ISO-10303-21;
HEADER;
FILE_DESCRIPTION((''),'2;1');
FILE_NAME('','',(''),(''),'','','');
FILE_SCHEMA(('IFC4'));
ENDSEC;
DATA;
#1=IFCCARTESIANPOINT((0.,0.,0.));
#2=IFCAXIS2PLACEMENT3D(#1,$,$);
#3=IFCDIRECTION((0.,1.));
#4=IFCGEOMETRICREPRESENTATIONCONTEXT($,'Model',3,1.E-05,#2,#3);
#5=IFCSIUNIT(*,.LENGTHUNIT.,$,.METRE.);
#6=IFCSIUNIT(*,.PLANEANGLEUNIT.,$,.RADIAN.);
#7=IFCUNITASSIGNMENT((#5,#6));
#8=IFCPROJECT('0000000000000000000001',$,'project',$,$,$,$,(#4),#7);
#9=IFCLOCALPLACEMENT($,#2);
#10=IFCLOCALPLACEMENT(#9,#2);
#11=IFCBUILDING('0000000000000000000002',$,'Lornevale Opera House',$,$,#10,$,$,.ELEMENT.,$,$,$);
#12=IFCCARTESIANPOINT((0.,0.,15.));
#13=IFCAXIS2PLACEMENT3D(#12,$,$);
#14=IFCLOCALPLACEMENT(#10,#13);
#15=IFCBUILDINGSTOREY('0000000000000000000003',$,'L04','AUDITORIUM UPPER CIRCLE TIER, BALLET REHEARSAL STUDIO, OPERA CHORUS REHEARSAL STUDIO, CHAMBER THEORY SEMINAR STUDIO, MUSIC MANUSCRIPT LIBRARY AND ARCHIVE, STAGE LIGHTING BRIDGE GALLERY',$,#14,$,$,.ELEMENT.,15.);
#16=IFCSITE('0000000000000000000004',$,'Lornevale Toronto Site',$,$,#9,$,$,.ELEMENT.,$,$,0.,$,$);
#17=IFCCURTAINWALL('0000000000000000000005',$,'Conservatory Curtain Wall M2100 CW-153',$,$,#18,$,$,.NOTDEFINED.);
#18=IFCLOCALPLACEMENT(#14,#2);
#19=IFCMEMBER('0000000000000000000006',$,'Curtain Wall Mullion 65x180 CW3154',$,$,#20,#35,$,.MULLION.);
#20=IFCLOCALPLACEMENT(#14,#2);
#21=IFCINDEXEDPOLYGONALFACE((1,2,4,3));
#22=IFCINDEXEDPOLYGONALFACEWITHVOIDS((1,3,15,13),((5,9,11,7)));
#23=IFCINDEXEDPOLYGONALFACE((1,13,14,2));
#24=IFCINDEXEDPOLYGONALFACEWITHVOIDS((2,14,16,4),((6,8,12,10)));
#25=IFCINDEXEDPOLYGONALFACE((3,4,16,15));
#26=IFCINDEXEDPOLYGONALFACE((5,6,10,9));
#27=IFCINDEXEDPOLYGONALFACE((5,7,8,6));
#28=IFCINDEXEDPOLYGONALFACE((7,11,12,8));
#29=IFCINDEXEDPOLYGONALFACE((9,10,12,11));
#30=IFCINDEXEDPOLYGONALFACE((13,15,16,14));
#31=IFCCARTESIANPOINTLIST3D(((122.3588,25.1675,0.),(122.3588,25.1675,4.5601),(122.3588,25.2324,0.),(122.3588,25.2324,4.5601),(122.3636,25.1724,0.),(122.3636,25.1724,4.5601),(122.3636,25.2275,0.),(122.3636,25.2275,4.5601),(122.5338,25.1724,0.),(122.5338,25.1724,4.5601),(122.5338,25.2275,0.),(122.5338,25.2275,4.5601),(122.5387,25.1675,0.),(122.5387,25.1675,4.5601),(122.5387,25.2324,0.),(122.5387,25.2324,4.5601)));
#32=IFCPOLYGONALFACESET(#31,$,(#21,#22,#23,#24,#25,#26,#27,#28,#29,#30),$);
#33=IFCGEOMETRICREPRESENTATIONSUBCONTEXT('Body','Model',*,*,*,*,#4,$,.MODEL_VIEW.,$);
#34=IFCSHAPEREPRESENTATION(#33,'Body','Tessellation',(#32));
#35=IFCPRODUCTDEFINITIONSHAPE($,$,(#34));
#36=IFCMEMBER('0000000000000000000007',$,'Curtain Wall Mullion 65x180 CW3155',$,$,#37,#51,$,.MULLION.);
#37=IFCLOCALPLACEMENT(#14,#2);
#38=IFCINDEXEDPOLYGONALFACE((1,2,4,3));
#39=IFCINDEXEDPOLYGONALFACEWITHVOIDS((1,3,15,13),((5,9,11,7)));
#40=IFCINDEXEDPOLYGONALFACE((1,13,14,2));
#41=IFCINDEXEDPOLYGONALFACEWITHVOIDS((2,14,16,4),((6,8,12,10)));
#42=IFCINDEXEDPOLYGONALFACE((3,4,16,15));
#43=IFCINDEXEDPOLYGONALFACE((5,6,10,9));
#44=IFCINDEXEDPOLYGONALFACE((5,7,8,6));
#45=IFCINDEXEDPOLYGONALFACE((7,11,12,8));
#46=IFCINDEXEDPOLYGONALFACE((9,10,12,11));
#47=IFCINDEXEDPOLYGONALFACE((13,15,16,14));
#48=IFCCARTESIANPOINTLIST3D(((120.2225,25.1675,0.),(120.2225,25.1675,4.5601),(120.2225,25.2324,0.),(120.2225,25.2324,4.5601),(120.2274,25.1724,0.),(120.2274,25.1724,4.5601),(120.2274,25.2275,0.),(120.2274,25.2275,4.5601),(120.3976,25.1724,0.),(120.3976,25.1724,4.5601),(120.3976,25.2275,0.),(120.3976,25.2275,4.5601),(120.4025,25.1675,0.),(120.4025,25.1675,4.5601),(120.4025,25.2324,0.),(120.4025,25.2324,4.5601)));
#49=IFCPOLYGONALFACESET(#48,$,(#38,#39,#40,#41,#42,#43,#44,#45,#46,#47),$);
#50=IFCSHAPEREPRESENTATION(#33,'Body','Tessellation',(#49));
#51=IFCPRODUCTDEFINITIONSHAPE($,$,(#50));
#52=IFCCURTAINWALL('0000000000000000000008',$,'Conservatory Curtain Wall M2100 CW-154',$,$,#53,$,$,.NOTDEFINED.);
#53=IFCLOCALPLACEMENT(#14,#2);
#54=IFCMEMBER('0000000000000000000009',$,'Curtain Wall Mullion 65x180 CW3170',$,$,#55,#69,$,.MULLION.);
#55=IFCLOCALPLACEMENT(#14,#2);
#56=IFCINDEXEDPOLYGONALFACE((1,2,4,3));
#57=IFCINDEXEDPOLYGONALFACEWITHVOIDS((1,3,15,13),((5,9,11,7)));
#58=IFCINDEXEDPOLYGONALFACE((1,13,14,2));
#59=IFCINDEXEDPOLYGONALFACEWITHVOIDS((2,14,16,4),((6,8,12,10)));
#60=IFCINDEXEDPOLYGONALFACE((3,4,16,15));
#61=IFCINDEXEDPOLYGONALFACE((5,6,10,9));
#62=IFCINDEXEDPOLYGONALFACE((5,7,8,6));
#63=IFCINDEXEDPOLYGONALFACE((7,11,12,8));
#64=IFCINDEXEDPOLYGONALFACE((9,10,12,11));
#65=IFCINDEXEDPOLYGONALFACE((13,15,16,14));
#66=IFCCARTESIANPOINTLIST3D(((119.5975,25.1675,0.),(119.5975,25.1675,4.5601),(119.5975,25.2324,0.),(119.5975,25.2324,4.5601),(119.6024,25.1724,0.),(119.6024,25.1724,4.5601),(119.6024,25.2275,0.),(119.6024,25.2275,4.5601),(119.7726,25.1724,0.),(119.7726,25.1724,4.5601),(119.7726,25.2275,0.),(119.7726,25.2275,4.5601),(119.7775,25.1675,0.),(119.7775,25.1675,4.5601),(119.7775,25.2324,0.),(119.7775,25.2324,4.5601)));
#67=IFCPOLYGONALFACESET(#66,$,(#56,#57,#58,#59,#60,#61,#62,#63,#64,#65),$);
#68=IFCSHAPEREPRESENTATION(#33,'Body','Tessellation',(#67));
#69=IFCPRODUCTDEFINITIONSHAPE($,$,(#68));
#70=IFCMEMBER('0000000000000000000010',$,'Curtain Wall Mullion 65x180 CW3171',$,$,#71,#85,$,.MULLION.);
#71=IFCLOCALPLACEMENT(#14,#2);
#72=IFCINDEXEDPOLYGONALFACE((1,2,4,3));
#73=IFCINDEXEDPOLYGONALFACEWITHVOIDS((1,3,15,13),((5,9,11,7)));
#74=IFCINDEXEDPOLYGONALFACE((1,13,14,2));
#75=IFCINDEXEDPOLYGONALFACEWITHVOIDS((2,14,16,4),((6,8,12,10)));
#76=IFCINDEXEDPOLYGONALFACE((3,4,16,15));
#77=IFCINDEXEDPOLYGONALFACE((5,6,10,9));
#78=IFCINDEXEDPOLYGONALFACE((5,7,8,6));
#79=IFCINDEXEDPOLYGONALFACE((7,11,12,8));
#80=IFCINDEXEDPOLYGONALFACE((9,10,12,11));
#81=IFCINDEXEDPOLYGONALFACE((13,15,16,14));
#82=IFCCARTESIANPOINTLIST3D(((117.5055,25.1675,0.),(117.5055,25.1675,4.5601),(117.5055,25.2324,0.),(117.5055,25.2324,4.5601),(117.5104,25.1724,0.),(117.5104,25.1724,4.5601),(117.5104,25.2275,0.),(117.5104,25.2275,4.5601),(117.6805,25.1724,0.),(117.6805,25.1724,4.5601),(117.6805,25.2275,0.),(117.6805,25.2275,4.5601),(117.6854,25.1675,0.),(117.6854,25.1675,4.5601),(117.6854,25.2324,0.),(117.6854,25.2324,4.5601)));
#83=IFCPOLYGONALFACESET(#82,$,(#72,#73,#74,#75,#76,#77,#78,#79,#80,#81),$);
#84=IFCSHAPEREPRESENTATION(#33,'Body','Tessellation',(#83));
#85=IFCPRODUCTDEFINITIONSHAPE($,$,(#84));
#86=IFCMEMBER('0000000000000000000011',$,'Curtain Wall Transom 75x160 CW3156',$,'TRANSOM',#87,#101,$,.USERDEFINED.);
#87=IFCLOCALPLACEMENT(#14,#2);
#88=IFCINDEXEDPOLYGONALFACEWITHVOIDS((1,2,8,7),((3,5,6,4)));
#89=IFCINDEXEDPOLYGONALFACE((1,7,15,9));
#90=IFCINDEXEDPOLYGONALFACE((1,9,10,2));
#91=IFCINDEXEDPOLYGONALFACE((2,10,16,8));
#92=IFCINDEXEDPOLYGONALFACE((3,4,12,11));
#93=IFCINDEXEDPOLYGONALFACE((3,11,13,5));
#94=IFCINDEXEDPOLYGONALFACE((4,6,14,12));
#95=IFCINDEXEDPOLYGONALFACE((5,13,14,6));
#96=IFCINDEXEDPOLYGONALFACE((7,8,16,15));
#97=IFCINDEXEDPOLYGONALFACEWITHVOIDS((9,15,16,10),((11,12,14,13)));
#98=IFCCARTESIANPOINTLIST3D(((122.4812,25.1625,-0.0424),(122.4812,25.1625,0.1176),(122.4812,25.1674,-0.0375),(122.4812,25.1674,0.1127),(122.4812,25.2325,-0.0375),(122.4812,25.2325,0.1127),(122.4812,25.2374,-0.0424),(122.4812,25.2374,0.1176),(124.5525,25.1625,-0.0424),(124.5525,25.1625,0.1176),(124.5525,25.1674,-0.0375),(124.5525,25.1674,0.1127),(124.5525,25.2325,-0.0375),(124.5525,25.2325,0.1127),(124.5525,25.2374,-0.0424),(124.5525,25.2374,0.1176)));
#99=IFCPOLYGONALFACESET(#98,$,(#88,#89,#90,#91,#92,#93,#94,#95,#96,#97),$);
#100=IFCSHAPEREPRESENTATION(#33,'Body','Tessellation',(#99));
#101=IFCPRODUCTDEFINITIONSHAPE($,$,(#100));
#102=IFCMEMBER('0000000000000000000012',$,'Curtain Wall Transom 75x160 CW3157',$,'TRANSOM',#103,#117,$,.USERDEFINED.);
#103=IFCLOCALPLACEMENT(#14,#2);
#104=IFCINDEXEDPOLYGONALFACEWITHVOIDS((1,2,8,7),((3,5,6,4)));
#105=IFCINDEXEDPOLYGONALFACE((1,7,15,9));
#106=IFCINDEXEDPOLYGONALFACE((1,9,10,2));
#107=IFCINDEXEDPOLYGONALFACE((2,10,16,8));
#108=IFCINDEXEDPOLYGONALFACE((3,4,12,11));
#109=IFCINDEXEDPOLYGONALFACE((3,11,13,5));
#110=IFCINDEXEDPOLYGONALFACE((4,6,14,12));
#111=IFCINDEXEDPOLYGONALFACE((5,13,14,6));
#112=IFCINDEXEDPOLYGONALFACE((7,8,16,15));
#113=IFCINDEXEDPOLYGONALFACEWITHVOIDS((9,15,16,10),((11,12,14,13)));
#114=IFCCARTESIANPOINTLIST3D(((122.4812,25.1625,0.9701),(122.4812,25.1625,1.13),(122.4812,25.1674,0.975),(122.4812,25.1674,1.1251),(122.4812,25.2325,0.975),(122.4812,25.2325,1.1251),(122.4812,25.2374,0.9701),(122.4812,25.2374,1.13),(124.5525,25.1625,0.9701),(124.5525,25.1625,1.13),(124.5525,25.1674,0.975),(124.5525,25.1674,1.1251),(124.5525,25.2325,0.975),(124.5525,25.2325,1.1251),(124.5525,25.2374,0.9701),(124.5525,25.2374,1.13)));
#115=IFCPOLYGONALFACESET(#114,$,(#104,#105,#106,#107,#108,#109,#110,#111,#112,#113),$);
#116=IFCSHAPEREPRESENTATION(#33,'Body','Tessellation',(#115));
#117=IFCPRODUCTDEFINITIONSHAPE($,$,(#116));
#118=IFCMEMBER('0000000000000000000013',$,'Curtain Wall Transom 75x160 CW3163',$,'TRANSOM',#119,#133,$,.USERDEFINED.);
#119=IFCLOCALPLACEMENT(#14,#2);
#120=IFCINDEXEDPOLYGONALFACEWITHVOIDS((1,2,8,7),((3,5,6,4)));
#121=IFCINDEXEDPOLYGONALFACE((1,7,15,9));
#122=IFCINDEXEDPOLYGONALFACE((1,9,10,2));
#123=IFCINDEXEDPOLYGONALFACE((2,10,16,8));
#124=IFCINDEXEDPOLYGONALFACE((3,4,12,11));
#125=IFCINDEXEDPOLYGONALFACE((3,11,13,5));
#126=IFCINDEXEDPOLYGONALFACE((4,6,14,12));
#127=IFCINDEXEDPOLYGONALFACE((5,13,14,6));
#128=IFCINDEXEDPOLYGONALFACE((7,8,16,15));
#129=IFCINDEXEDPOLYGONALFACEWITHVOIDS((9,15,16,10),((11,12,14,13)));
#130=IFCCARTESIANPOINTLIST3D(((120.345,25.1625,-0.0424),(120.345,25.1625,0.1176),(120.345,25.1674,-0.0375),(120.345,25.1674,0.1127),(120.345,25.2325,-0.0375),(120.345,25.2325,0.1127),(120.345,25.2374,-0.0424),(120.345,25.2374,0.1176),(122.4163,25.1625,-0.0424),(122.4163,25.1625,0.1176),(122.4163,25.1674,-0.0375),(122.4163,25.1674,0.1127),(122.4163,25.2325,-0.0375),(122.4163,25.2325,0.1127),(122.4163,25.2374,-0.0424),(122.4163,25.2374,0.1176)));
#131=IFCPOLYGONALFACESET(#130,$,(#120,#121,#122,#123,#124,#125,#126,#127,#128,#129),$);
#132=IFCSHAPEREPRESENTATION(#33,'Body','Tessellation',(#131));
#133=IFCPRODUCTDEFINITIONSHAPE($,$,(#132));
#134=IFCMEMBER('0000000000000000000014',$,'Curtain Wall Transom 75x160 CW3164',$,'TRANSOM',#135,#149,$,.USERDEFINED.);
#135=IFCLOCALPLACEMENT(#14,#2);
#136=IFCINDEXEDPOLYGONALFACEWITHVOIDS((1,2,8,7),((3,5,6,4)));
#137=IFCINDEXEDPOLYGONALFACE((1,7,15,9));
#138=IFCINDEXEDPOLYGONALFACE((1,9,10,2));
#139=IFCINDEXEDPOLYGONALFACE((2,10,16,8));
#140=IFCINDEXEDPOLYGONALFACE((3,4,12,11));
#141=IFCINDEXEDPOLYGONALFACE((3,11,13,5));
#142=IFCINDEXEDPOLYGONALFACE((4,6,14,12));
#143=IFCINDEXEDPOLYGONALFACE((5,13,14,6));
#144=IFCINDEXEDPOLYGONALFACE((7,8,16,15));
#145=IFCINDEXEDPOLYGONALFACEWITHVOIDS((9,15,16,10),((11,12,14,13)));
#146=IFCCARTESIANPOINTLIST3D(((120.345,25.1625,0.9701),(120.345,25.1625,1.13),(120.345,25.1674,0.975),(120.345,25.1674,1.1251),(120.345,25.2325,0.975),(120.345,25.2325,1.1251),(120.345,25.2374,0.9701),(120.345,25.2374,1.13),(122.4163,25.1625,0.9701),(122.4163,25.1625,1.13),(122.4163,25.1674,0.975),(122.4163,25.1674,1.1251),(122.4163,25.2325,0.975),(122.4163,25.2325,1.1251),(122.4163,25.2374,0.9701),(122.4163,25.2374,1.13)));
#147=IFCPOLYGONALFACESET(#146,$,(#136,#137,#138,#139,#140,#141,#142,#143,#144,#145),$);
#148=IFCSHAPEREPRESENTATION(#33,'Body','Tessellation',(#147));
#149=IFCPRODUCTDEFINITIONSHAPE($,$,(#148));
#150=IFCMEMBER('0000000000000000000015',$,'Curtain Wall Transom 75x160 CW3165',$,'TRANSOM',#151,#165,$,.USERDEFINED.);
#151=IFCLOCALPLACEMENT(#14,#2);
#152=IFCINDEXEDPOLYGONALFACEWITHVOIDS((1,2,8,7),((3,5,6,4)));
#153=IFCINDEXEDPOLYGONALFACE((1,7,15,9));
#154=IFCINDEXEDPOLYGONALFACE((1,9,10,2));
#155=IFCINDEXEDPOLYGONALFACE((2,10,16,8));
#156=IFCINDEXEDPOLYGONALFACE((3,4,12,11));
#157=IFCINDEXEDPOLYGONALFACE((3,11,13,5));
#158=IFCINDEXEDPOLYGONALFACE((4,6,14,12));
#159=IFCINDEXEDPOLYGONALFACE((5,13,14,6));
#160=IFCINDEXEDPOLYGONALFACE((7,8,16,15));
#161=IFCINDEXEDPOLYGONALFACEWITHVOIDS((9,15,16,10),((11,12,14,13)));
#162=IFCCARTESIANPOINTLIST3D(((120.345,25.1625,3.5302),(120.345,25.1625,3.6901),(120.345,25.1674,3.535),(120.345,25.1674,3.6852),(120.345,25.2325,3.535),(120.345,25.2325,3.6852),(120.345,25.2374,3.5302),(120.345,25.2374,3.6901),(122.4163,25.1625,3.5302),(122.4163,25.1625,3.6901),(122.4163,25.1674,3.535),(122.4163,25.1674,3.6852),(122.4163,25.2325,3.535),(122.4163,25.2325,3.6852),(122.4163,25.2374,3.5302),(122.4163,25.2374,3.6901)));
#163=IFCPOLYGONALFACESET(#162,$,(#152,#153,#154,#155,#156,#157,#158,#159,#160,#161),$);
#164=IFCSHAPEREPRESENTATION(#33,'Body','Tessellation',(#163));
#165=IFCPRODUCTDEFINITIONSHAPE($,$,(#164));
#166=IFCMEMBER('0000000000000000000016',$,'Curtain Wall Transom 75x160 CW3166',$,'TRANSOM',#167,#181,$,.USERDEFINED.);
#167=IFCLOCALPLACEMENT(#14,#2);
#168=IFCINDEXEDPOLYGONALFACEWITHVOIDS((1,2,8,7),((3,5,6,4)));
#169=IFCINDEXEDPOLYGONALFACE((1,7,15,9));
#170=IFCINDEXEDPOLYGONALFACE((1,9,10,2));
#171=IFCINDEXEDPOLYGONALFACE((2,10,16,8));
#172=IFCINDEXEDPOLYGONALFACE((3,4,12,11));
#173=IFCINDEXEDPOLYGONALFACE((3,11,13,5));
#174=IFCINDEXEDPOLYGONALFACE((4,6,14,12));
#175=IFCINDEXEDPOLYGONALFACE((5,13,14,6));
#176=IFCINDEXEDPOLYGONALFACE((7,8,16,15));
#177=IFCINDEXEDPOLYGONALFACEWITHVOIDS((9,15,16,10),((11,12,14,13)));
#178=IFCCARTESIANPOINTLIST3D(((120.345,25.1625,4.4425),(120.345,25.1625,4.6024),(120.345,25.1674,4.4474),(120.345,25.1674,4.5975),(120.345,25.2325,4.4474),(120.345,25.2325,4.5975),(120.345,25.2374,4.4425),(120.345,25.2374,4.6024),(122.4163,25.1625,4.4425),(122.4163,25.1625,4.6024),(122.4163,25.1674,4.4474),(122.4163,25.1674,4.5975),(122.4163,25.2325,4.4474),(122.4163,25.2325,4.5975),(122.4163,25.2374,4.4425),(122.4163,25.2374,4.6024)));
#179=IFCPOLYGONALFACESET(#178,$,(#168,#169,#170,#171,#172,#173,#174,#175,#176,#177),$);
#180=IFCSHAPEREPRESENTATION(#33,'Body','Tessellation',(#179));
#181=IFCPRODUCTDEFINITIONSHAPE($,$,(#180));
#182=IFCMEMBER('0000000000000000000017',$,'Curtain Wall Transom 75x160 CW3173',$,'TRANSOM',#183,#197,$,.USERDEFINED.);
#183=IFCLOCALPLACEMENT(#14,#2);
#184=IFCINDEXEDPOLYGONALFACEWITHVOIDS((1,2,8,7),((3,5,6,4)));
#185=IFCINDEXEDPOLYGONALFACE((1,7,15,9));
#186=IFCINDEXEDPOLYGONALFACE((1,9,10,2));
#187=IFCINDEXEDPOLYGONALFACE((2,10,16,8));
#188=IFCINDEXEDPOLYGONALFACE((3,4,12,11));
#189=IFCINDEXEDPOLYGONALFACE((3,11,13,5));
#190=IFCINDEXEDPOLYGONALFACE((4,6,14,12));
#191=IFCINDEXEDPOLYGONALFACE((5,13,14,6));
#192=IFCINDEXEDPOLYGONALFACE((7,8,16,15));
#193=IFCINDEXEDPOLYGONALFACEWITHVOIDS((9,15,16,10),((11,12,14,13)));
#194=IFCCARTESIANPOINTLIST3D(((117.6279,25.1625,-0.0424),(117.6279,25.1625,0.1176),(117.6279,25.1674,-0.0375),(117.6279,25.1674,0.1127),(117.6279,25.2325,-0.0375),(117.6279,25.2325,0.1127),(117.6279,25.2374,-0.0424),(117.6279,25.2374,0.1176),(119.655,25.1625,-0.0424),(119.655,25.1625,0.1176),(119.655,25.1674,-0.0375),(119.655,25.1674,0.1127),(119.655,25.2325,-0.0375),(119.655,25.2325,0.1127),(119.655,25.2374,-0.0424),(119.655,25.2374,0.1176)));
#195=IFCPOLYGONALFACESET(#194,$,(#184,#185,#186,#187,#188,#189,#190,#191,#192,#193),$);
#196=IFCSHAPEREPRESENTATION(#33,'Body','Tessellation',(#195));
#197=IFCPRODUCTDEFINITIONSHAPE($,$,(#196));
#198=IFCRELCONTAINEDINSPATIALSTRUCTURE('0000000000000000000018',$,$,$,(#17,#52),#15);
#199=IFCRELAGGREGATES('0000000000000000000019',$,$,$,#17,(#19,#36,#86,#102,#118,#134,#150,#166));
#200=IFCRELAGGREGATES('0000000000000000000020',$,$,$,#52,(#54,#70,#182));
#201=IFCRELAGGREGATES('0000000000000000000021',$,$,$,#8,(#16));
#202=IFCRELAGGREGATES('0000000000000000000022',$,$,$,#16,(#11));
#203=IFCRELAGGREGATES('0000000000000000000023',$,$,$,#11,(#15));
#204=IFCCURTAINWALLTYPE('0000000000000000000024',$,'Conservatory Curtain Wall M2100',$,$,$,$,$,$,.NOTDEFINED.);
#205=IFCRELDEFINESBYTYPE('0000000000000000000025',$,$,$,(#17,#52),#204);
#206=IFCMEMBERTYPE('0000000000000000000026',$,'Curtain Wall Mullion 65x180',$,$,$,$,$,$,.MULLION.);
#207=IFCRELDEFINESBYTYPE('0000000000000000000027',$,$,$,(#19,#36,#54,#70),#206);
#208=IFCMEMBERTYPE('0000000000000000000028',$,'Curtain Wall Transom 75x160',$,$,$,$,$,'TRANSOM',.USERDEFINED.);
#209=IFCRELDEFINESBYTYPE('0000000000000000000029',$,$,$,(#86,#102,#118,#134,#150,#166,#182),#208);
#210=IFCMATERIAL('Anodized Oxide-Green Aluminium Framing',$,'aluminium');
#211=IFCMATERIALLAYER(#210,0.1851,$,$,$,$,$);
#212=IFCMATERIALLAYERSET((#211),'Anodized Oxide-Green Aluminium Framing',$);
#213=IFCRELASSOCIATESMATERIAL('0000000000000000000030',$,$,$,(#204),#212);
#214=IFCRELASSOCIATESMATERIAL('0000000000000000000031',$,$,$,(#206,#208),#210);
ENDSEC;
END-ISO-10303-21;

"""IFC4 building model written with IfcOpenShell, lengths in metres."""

from ifc_helpers import new_model, si_unit, direction, frame, origin, origin_2d, place, context, subcontext, project, spatial, hollow_rectangle, extrude, material, layer, layer_set, material_profile, profile_set, type_object, element, aggregate, save


model = new_model("IFC4")

# Units and contexts
model_context = context("Model", 3, precision=1e-05, world=origin(), true_north=direction((0.0, 1.0)))
body_context = subcontext(model_context, "Body", "Model", "MODEL_VIEW")
ifc_project = project(units=[si_unit("LENGTHUNIT", "METRE"), si_unit("PLANEANGLEUNIT", "RADIAN")], contexts=[model_context])

# Site, building, storey
site_placement = place(None, origin())
site = spatial("IfcSite", under=ifc_project, at=site_placement, Name="Lornevale Toronto Site", CompositionType="ELEMENT", RefElevation=0.0)
building_placement = place(site_placement, origin())
building = spatial("IfcBuilding", under=site, at=building_placement, Name="Lornevale Opera House", CompositionType="ELEMENT")
storey_placement = place(building_placement, frame((0.0, 0.0, 15.0)))
storey = spatial("IfcBuildingStorey", under=building, at=storey_placement, Name="L04", Description="AUDITORIUM UPPER CIRCLE TIER, BALLET REHEARSAL STUDIO, OPERA CHORUS REHEARSAL STUDIO, CHAMBER THEORY SEMINAR STUDIO, MUSIC MANUSCRIPT LIBRARY AND ARCHIVE, STAGE LIGHTING BRIDGE GALLERY", CompositionType="ELEMENT", Elevation=15.0)

# Curtain walls, members
ifc_material_1 = material(Name="Anodized Oxide-Green Aluminium Framing", Category="aluminium")
ifc_layer_1 = layer(ifc_material_1, 0.1851)
ifc_layer_set_1 = layer_set([ifc_layer_1], Name="Anodized Oxide-Green Aluminium Framing")
curtain_wall_type = type_object("IfcCurtainWallType", Name="Conservatory Curtain Wall M2100", PredefinedType="NOTDEFINED", material=ifc_layer_set_1)
curtain_wall_1_placement = place(storey_placement, origin())
curtain_wall_1 = element("IfcCurtainWall", 1, at=curtain_wall_1_placement, inside=storey, type_object=curtain_wall_type, Name="Conservatory Curtain Wall M2100 CW-153", PredefinedType="NOTDEFINED")
ifc_material_profile_1 = material_profile(ifc_material_1, hollow_rectangle(XDim=0.0649, YDim=0.1799, WallThickness=0.0049, at=origin_2d()), Name="ALU65x180x5")
ifc_profile_set_1 = profile_set([ifc_material_profile_1], Name="Anodized Oxide-Green Aluminium Framing")
member_type_1 = type_object("IfcMemberType", Name="Curtain Wall Mullion 65x180", PredefinedType="MULLION", material=ifc_profile_set_1)
member_1_placement = place(storey_placement, frame((122.4487, 25.2, 0.0), z_axis=(0.0, 0.0, 1.0), x_axis=(0.0, -1.0, 0.0)))
member_1 = element("IfcMember", 2, at=member_1_placement, type_object=member_type_1, Name="Curtain Wall Mullion 65x180 CW3154", PredefinedType="MULLION", context=body_context, shape_type="SweptSolid", body=[
    extrude(hollow_rectangle(XDim=0.0649, YDim=0.1799, WallThickness=0.0049, at=origin_2d()), origin(), (0.0, 0.0, 1.0), 4.5601),
])
member_2_placement = place(storey_placement, frame((120.3125, 25.2, 0.0), z_axis=(0.0, 0.0, 1.0), x_axis=(0.0, -1.0, 0.0)))
member_2 = element("IfcMember", 3, at=member_2_placement, type_object=member_type_1, Name="Curtain Wall Mullion 65x180 CW3155", PredefinedType="MULLION", context=body_context, shape_type="SweptSolid", body=[
    extrude(hollow_rectangle(XDim=0.0649, YDim=0.1799, WallThickness=0.0049, at=origin_2d()), origin(), (0.0, 0.0, 1.0), 4.5601),
])
curtain_wall_2_placement = place(storey_placement, origin())
curtain_wall_2 = element("IfcCurtainWall", 4, at=curtain_wall_2_placement, inside=storey, type_object=curtain_wall_type, Name="Conservatory Curtain Wall M2100 CW-154", PredefinedType="NOTDEFINED")
member_3_placement = place(storey_placement, frame((119.6875, 25.2, 0.0), z_axis=(0.0, 0.0, 1.0), x_axis=(0.0, -1.0, 0.0)))
member_3 = element("IfcMember", 5, at=member_3_placement, type_object=member_type_1, Name="Curtain Wall Mullion 65x180 CW3170", PredefinedType="MULLION", context=body_context, shape_type="SweptSolid", body=[
    extrude(hollow_rectangle(XDim=0.0649, YDim=0.1799, WallThickness=0.0049, at=origin_2d()), origin(), (0.0, 0.0, 1.0), 4.5601),
])
member_4_placement = place(storey_placement, frame((117.5955, 25.2, 0.0), z_axis=(0.0, 0.0, 1.0), x_axis=(0.0, -1.0, 0.0)))
member_4 = element("IfcMember", 6, at=member_4_placement, type_object=member_type_1, Name="Curtain Wall Mullion 65x180 CW3171", PredefinedType="MULLION", context=body_context, shape_type="SweptSolid", body=[
    extrude(hollow_rectangle(XDim=0.0649, YDim=0.1799, WallThickness=0.0049, at=origin_2d()), origin(), (0.0, 0.0, 1.0), 4.5601),
])

# Members
ifc_material_profile_2 = material_profile(ifc_material_1, hollow_rectangle(XDim=0.075, YDim=0.1599, WallThickness=0.0049, at=origin_2d()), Name="ALU75x160x5")
ifc_profile_set_2 = profile_set([ifc_material_profile_2], Name="Anodized Oxide-Green Aluminium Framing")
member_type_2 = type_object("IfcMemberType", Name="Curtain Wall Transom 75x160", ElementType="TRANSOM", PredefinedType="USERDEFINED", material=ifc_profile_set_2)
member_5_placement = place(storey_placement, frame((124.5525, 25.2, 0.0376), z_axis=(-1.0, 0.0, 0.0), x_axis=(0.0, -1.0, 0.0)))
member_5 = element("IfcMember", 7, at=member_5_placement, type_object=member_type_2, Name="Curtain Wall Transom 75x160 CW3156", ObjectType="TRANSOM", PredefinedType="USERDEFINED", context=body_context, shape_type="SweptSolid", body=[
    extrude(hollow_rectangle(XDim=0.075, YDim=0.1599, WallThickness=0.0049, at=origin_2d()), origin(), (0.0, 0.0, 1.0), 2.0713),
])
member_6_placement = place(storey_placement, frame((124.5525, 25.2, 1.05), z_axis=(-1.0, 0.0, 0.0), x_axis=(0.0, -1.0, 0.0)))
member_6 = element("IfcMember", 8, at=member_6_placement, type_object=member_type_2, Name="Curtain Wall Transom 75x160 CW3157", ObjectType="TRANSOM", PredefinedType="USERDEFINED", context=body_context, shape_type="SweptSolid", body=[
    extrude(hollow_rectangle(XDim=0.075, YDim=0.1599, WallThickness=0.0049, at=origin_2d()), origin(), (0.0, 0.0, 1.0), 2.0713),
])
member_7_placement = place(storey_placement, frame((122.4163, 25.2, 0.0376), z_axis=(-1.0, 0.0, 0.0), x_axis=(0.0, -1.0, 0.0)))
member_7 = element("IfcMember", 9, at=member_7_placement, type_object=member_type_2, Name="Curtain Wall Transom 75x160 CW3163", ObjectType="TRANSOM", PredefinedType="USERDEFINED", context=body_context, shape_type="SweptSolid", body=[
    extrude(hollow_rectangle(XDim=0.075, YDim=0.1599, WallThickness=0.0049, at=origin_2d()), origin(), (0.0, 0.0, 1.0), 2.0713),
])
member_8_placement = place(storey_placement, frame((122.4163, 25.2, 1.05), z_axis=(-1.0, 0.0, 0.0), x_axis=(0.0, -1.0, 0.0)))
member_8 = element("IfcMember", 10, at=member_8_placement, type_object=member_type_2, Name="Curtain Wall Transom 75x160 CW3164", ObjectType="TRANSOM", PredefinedType="USERDEFINED", context=body_context, shape_type="SweptSolid", body=[
    extrude(hollow_rectangle(XDim=0.075, YDim=0.1599, WallThickness=0.0049, at=origin_2d()), origin(), (0.0, 0.0, 1.0), 2.0713),
])
member_9_placement = place(storey_placement, frame((122.4163, 25.2, 3.6101), z_axis=(-1.0, 0.0, 0.0), x_axis=(0.0, -1.0, 0.0)))
member_9 = element("IfcMember", 11, at=member_9_placement, type_object=member_type_2, Name="Curtain Wall Transom 75x160 CW3165", ObjectType="TRANSOM", PredefinedType="USERDEFINED", context=body_context, shape_type="SweptSolid", body=[
    extrude(hollow_rectangle(XDim=0.075, YDim=0.1599, WallThickness=0.0049, at=origin_2d()), origin(), (0.0, 0.0, 1.0), 2.0713),
])
member_10_placement = place(storey_placement, frame((122.4163, 25.2, 4.5225), z_axis=(-1.0, 0.0, 0.0), x_axis=(0.0, -1.0, 0.0)))
member_10 = element("IfcMember", 12, at=member_10_placement, type_object=member_type_2, Name="Curtain Wall Transom 75x160 CW3166", ObjectType="TRANSOM", PredefinedType="USERDEFINED", context=body_context, shape_type="SweptSolid", body=[
    extrude(hollow_rectangle(XDim=0.075, YDim=0.1599, WallThickness=0.0049, at=origin_2d()), origin(), (0.0, 0.0, 1.0), 2.0713),
])
member_11_placement = place(storey_placement, frame((119.655, 25.2, 0.0376), z_axis=(-1.0, 0.0, 0.0), x_axis=(0.0, -1.0, 0.0)))
member_11 = element("IfcMember", 13, at=member_11_placement, type_object=member_type_2, Name="Curtain Wall Transom 75x160 CW3173", ObjectType="TRANSOM", PredefinedType="USERDEFINED", context=body_context, shape_type="SweptSolid", body=[
    extrude(hollow_rectangle(XDim=0.075, YDim=0.1599, WallThickness=0.0049, at=origin_2d()), origin(), (0.0, 0.0, 1.0), 2.0271),
])

aggregate(curtain_wall_1, [member_1, member_2, member_5, member_6, member_7, member_8, member_9, member_10])
aggregate(curtain_wall_2, [member_3, member_4, member_11])

save(model, "model.ifc")
